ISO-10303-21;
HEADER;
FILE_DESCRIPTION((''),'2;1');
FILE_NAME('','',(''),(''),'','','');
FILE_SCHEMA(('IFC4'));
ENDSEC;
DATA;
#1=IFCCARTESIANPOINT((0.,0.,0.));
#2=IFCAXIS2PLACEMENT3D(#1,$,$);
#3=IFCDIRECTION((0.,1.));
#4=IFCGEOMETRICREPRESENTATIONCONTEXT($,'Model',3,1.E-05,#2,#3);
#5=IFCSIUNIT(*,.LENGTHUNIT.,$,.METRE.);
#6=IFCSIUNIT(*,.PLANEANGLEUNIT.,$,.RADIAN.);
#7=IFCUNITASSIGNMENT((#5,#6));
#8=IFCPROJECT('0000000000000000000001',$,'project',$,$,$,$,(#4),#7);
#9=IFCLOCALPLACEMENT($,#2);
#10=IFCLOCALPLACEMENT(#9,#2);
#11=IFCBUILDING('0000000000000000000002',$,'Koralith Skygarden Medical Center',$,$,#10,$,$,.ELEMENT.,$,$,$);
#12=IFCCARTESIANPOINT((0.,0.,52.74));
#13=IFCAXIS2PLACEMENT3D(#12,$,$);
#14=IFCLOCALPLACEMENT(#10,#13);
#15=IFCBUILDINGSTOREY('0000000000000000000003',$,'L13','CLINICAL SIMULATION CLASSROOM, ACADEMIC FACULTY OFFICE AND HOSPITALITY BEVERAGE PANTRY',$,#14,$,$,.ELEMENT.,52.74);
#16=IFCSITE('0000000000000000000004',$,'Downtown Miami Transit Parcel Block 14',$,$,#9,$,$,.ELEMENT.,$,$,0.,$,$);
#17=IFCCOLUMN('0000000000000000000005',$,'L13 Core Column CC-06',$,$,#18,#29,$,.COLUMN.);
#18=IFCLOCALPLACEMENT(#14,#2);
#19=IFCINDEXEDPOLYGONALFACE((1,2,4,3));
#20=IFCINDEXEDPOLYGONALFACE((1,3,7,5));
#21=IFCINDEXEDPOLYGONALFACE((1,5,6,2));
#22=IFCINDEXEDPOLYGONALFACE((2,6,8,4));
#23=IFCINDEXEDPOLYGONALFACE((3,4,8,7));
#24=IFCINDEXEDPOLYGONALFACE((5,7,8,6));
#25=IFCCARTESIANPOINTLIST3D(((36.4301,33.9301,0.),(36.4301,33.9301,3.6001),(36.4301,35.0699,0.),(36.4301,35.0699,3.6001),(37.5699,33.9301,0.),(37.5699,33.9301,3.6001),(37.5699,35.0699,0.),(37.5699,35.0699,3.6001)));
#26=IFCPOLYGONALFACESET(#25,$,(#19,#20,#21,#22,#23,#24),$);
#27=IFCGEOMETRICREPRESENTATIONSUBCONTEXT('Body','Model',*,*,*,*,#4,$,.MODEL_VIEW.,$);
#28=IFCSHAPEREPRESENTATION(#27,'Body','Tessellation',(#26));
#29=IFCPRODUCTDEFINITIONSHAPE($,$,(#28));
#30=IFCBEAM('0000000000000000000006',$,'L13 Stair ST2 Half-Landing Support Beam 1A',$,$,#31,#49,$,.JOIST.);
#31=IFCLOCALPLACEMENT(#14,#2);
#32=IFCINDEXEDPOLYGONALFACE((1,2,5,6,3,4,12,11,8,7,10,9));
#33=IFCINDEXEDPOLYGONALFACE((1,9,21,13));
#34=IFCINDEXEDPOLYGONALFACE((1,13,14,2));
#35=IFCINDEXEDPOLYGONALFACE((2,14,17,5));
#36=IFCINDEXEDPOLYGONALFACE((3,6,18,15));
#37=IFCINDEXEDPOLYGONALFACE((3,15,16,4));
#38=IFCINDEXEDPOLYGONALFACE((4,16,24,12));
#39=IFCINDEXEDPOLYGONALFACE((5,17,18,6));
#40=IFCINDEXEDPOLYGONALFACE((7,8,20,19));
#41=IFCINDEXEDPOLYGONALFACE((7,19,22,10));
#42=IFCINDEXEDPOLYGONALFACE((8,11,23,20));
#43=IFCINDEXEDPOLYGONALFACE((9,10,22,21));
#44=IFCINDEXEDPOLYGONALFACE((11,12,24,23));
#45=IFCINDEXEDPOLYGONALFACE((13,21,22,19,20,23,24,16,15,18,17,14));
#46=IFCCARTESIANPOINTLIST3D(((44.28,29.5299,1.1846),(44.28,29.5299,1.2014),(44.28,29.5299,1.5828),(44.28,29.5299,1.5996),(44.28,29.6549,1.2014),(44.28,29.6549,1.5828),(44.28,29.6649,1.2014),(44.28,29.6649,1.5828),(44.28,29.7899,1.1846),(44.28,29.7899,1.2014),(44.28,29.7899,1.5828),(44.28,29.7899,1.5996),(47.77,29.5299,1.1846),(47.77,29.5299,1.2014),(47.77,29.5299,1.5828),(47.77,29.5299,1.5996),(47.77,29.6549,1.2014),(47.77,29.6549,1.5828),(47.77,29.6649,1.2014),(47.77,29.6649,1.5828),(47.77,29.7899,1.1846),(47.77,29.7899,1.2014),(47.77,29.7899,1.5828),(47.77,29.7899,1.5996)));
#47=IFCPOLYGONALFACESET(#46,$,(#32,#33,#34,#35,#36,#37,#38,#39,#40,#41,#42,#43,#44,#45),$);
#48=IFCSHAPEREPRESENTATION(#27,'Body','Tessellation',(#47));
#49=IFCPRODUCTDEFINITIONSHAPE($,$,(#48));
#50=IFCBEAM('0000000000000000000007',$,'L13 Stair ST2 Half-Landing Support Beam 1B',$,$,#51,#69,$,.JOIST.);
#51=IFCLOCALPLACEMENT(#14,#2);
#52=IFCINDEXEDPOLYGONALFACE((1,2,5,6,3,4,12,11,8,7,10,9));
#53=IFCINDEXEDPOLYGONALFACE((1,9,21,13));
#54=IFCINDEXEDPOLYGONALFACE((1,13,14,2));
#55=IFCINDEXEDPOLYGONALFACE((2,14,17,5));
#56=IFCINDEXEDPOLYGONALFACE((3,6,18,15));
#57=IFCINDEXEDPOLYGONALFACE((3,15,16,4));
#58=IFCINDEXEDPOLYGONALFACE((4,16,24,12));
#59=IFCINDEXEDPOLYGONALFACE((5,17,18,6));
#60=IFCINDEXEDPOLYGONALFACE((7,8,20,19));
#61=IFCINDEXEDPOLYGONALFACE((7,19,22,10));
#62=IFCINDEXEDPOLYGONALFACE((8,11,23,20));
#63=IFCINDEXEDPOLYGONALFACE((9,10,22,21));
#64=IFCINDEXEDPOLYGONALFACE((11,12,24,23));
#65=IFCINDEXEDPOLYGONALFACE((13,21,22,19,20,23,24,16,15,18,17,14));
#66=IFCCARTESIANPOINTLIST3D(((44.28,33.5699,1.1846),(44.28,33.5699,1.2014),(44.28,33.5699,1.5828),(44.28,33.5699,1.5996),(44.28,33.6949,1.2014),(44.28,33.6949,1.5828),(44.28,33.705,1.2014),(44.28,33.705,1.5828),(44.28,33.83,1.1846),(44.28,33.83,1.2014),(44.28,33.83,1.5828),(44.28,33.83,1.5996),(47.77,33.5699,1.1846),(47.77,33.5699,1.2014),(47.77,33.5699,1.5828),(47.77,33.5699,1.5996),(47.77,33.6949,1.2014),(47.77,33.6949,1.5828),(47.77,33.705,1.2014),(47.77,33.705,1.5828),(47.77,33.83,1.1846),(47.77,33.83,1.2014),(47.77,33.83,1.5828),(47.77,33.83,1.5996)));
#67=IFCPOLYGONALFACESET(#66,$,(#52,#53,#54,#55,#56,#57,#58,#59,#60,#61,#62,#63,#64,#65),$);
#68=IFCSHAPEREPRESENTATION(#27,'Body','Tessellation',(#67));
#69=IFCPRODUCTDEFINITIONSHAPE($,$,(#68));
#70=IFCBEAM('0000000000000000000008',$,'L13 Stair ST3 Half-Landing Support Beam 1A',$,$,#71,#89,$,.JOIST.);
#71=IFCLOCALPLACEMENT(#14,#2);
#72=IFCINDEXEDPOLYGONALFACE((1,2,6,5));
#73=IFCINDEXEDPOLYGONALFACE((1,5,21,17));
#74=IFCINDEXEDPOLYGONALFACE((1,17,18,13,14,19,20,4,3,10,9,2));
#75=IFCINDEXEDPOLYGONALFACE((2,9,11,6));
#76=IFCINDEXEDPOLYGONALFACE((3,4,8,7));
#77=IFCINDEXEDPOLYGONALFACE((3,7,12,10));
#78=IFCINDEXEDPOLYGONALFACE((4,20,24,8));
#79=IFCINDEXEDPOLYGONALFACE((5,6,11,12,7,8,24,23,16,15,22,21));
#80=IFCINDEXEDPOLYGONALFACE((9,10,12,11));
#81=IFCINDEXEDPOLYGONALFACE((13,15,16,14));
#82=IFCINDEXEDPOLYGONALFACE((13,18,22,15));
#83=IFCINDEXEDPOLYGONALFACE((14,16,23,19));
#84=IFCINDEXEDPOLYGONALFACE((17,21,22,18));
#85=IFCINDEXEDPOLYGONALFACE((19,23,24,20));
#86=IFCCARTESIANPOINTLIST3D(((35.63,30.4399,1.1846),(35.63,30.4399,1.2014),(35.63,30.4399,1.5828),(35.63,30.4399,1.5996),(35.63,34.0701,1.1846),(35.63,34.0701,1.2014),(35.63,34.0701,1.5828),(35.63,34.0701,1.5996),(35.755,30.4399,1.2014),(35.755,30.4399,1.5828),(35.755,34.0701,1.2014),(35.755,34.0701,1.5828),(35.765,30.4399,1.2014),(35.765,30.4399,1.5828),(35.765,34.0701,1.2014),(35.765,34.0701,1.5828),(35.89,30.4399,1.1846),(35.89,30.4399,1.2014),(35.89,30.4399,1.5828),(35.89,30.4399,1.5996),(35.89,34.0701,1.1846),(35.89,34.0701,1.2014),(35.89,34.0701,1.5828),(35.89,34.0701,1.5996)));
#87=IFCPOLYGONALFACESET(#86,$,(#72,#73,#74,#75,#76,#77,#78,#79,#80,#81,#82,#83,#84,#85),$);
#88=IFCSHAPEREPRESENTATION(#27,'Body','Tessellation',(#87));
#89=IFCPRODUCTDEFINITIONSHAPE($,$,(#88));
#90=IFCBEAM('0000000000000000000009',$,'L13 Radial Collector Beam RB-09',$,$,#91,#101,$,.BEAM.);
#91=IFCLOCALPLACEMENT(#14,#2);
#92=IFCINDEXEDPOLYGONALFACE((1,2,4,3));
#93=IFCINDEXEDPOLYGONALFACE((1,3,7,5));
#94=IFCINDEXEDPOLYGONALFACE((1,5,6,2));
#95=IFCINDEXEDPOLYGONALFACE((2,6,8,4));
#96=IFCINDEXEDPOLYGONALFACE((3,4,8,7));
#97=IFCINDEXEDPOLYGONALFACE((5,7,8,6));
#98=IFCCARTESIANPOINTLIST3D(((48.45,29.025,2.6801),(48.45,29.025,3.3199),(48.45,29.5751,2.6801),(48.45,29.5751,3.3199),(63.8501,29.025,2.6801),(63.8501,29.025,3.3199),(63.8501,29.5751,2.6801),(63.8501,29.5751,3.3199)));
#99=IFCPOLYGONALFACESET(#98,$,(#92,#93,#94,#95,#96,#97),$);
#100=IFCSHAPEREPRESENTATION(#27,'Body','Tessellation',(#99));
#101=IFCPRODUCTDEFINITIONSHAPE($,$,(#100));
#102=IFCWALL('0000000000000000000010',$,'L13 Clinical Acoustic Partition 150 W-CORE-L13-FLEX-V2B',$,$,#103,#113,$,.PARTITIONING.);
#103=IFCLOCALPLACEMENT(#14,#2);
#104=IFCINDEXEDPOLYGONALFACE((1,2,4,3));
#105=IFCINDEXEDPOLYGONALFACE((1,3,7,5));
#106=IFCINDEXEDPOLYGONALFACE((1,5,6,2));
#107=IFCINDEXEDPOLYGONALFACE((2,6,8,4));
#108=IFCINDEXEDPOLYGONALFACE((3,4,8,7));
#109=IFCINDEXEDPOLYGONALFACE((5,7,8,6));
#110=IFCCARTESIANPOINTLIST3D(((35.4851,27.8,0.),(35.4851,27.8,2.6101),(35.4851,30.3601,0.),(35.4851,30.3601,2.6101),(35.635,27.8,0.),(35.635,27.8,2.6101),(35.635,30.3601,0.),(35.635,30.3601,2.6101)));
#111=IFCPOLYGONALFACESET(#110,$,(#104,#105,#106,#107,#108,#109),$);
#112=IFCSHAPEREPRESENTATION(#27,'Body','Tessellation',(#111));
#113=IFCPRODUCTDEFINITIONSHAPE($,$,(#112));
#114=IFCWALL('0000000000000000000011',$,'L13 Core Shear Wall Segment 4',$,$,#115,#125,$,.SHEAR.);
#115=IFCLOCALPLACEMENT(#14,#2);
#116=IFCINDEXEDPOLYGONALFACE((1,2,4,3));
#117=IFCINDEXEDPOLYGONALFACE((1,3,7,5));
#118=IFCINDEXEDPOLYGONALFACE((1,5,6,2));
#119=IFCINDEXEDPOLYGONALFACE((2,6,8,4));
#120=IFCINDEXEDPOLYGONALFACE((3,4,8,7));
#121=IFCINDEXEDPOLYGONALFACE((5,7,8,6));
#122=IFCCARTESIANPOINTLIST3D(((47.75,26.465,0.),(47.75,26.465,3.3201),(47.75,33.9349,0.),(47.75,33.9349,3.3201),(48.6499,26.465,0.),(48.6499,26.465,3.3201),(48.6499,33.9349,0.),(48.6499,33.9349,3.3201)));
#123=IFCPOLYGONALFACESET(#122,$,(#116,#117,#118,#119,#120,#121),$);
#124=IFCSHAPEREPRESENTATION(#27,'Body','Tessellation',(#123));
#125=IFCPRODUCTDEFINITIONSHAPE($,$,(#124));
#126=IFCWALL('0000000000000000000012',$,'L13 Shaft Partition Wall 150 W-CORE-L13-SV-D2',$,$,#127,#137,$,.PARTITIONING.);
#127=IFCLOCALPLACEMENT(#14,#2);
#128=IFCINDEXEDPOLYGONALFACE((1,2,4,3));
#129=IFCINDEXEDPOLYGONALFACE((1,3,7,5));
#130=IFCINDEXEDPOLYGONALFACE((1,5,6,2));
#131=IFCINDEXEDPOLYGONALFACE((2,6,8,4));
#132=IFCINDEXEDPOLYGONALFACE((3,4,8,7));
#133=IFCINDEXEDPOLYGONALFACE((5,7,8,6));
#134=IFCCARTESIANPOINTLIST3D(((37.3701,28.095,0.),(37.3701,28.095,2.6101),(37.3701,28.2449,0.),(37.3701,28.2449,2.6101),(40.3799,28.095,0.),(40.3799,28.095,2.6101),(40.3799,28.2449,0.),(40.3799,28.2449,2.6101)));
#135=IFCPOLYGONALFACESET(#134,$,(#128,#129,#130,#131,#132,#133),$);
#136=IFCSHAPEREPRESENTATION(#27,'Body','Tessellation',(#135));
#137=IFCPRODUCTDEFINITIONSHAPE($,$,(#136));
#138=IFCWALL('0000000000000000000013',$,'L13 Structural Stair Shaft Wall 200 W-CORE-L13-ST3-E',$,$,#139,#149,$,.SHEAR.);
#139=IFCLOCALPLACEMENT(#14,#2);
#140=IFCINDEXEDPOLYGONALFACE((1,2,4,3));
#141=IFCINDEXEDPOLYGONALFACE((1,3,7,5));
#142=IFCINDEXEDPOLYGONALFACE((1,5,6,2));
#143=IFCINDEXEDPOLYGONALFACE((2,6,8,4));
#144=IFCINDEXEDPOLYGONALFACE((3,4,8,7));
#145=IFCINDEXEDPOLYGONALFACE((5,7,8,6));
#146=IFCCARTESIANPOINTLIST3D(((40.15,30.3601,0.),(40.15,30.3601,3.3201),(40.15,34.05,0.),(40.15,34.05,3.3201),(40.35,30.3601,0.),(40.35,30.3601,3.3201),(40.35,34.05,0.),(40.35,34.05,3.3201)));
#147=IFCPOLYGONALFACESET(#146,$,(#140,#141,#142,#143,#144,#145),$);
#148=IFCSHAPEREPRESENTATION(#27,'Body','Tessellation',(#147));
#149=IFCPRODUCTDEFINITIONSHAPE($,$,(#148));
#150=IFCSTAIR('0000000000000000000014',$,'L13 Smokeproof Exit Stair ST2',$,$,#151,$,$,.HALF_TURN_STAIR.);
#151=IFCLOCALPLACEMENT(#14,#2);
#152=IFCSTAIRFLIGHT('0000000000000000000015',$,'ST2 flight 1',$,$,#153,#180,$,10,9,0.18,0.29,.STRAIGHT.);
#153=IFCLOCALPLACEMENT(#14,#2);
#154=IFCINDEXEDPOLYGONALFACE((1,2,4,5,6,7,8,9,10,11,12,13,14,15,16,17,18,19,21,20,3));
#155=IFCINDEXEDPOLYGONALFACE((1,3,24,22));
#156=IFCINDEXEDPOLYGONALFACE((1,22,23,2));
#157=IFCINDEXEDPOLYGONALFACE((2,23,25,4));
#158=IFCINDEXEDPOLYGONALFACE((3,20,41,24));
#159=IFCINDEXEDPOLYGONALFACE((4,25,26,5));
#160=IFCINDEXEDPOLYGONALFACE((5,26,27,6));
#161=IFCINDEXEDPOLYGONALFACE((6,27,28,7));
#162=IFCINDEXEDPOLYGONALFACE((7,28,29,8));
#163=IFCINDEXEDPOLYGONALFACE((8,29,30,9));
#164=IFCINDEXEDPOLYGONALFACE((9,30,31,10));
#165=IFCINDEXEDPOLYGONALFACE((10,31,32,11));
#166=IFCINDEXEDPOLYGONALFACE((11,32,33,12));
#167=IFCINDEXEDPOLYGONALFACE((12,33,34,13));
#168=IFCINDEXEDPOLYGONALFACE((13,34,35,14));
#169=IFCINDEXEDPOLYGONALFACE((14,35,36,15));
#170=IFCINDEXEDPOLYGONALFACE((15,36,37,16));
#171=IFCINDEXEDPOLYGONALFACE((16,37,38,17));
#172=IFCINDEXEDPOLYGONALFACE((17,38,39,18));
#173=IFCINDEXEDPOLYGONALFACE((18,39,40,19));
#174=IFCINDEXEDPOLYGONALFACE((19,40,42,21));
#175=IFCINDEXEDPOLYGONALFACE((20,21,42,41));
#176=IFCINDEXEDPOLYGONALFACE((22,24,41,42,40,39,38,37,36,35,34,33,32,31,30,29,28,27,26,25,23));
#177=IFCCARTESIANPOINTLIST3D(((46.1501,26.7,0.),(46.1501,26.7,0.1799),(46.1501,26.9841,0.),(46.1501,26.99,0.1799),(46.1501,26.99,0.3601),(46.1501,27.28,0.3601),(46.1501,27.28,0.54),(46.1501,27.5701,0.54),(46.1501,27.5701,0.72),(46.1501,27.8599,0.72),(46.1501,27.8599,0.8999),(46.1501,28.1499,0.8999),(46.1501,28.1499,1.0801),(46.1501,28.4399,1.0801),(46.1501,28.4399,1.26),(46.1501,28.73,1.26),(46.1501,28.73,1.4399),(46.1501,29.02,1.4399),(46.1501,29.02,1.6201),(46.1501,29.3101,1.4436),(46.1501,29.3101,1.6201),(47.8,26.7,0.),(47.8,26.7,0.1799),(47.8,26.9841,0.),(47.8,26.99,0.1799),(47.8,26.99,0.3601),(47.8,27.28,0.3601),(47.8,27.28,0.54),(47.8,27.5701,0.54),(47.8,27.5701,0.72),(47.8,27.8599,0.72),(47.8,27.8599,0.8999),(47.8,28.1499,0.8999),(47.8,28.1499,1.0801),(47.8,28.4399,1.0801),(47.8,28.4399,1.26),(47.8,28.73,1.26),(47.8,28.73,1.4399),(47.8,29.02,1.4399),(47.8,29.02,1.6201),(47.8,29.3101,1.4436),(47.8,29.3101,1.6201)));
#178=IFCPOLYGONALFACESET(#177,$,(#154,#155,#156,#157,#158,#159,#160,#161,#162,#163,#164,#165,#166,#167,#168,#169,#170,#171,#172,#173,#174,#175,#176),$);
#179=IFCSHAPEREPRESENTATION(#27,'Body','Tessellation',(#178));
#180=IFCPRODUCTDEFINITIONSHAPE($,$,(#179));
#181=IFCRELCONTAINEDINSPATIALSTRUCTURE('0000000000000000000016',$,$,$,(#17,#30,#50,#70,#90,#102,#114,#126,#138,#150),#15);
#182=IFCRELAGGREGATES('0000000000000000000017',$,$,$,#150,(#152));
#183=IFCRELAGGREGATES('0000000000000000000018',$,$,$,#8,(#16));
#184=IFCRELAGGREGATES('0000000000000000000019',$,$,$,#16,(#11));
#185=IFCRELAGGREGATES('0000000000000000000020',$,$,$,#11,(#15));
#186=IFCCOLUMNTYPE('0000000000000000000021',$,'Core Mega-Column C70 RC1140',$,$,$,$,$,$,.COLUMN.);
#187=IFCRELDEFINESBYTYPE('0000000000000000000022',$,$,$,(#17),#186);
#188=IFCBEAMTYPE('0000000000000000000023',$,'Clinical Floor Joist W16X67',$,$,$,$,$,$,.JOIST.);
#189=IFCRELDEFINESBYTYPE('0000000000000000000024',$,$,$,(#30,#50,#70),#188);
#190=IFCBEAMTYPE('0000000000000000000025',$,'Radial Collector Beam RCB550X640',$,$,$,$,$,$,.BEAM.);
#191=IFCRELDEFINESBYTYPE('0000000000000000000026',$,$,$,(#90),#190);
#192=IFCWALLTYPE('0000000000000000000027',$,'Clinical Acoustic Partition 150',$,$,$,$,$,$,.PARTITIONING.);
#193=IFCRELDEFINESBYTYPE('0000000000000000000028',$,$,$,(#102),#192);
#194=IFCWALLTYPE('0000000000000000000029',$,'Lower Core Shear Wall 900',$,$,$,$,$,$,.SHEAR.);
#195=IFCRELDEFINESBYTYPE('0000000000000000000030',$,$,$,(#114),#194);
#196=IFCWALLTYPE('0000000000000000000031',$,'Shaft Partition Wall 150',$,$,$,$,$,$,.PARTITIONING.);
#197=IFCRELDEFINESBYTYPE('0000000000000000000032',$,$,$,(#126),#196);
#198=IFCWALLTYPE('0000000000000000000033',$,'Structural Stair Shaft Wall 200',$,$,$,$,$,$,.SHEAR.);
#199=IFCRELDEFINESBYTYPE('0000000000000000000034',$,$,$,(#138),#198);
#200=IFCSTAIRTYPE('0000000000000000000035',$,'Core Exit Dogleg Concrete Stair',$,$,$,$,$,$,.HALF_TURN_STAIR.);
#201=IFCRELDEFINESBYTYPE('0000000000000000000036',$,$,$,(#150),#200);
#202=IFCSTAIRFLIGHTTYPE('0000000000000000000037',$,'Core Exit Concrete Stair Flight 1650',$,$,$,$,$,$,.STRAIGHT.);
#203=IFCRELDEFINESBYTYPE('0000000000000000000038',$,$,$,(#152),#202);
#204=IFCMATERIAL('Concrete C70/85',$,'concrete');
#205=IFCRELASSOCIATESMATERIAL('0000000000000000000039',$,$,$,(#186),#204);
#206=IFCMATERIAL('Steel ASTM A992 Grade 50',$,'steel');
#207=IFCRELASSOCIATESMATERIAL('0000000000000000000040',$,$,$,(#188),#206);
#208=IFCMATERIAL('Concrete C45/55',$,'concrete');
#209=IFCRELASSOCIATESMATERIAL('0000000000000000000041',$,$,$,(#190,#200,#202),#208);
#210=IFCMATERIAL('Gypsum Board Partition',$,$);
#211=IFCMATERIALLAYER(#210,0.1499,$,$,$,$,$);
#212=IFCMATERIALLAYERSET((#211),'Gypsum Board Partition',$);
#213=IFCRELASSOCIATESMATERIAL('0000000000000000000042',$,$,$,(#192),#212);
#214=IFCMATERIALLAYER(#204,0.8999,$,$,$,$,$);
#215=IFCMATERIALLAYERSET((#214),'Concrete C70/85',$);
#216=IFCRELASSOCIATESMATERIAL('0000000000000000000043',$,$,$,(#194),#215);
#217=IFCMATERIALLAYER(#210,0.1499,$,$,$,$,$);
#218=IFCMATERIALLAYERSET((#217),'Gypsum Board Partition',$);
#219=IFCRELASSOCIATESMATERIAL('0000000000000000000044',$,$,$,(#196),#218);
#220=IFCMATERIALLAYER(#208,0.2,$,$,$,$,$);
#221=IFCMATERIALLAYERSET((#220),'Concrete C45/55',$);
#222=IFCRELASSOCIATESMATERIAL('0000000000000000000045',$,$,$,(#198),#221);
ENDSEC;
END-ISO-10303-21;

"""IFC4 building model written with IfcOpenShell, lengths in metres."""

from ifc_helpers import new_model, si_unit, direction, frame, frame_2d, origin, origin_2d, place, context, subcontext, project, spatial, polyline, rectangle, i_section, outline, extrude, material, layer, layer_set, material_profile, profile_set, type_object, element, aggregate, save


model = new_model("IFC4")

# Units and contexts
model_context = context("Model", 3, precision=1e-05, world=origin(), true_north=direction((0.0, 1.0)))
body_context = subcontext(model_context, "Body", "Model", "MODEL_VIEW")
ifc_project = project(units=[si_unit("LENGTHUNIT", "METRE"), si_unit("PLANEANGLEUNIT", "RADIAN")], contexts=[model_context])

# Site, building, storey
site_placement = place(None, origin())
site = spatial("IfcSite", under=ifc_project, at=site_placement, Name="Downtown Miami Transit Parcel Block 14", CompositionType="ELEMENT", RefElevation=0.0)
building_placement = place(site_placement, origin())
building = spatial("IfcBuilding", under=site, at=building_placement, Name="Koralith Skygarden Medical Center", CompositionType="ELEMENT")
storey_placement = place(building_placement, frame((0.0, 0.0, 52.74)))
storey = spatial("IfcBuildingStorey", under=building, at=storey_placement, Name="L13", Description="CLINICAL SIMULATION CLASSROOM, ACADEMIC FACULTY OFFICE AND HOSPITALITY BEVERAGE PANTRY", CompositionType="ELEMENT", Elevation=52.74)

# Column
ifc_material_1 = material(Name="Concrete C70/85", Category="concrete")
ifc_material_profile_1 = material_profile(ifc_material_1, rectangle(XDim=1.1399, YDim=1.1399, at=origin_2d()), Name="RC1140X1140")
ifc_profile_set_1 = profile_set([ifc_material_profile_1], Name="Concrete C70/85")
column_type = type_object("IfcColumnType", Name="Core Mega-Column C70 RC1140", PredefinedType="COLUMN", material=ifc_profile_set_1)
column_placement = place(storey_placement, frame((37.0, 34.5, 0.0), z_axis=(0.0, 0.0, 1.0), x_axis=(1.0, 0.0, 0.0)))
element("IfcColumn", 1, at=column_placement, inside=storey, type_object=column_type, Name="L13 Core Column CC-06", PredefinedType="COLUMN", context=body_context, shape_type="SweptSolid", body=[
    extrude(rectangle(XDim=1.1399, YDim=1.1399, at=origin_2d()), origin(), (0.0, 0.0, 1.0), 3.6001),
])

# Beams
ifc_material_2 = material(Name="Steel ASTM A992 Grade 50", Category="steel")
ifc_material_profile_2 = material_profile(ifc_material_2, i_section(OverallWidth=0.26, OverallDepth=0.415, WebThickness=0.01, FlangeThickness=0.0168, at=origin_2d()), Name="W16X67")
ifc_profile_set_2 = profile_set([ifc_material_profile_2], Name="Steel ASTM A992 Grade 50")
beam_type_1 = type_object("IfcBeamType", Name="Clinical Floor Joist W16X67", PredefinedType="JOIST", material=ifc_profile_set_2)
for number, where, z_axis, x_axis, name in (
    (2, (44.28, 29.6599, 1.3921), (1.0, 0.0, 0.0), (0.0, 1.0, 0.0), "L13 Stair ST2 Half-Landing Support Beam 1A"),
    (3, (44.28, 33.7, 1.3921), (1.0, 0.0, 0.0), (0.0, 1.0, 0.0), "L13 Stair ST2 Half-Landing Support Beam 1B"),
):
    element("IfcBeam", number, at=place(storey_placement, frame(where, z_axis=z_axis, x_axis=x_axis)), inside=storey, type_object=beam_type_1, Name=name, PredefinedType="JOIST", context=body_context, shape_type="SweptSolid", body=[
        extrude(i_section(OverallWidth=0.26, OverallDepth=0.415, WebThickness=0.01, FlangeThickness=0.0168, at=origin_2d()), origin(), (0.0, 0.0, 1.0), 3.49),
    ])
beam_1_placement = place(storey_placement, frame((35.76, 30.4399, 1.3921), z_axis=(0.0, 1.0, 0.0), x_axis=(-1.0, 0.0, 0.0)))
element("IfcBeam", 4, at=beam_1_placement, inside=storey, type_object=beam_type_1, Name="L13 Stair ST3 Half-Landing Support Beam 1A", PredefinedType="JOIST", context=body_context, shape_type="SweptSolid", body=[
    extrude(i_section(OverallWidth=0.26, OverallDepth=0.415, WebThickness=0.01, FlangeThickness=0.0168, at=origin_2d()), origin(), (0.0, 0.0, 1.0), 3.6301),
])
ifc_material_3 = material(Name="Concrete C45/55", Category="concrete")
ifc_material_profile_3 = material_profile(ifc_material_3, rectangle(XDim=0.55, YDim=0.6399, at=origin_2d()), Name="RCB550X640")
ifc_profile_set_3 = profile_set([ifc_material_profile_3], Name="Concrete C45/55")
beam_type_2 = type_object("IfcBeamType", Name="Radial Collector Beam RCB550X640", PredefinedType="BEAM", material=ifc_profile_set_3)
beam_2_placement = place(storey_placement, frame((48.45, 29.3, 3.0), z_axis=(1.0, 0.0, 0.0), x_axis=(0.0, 1.0, 0.0)))
element("IfcBeam", 5, at=beam_2_placement, inside=storey, type_object=beam_type_2, Name="L13 Radial Collector Beam RB-09", PredefinedType="BEAM", context=body_context, shape_type="SweptSolid", body=[
    extrude(rectangle(XDim=0.55, YDim=0.6399, at=origin_2d()), origin(), (0.0, 0.0, 1.0), 15.4001),
])

# Walls
ifc_material_4 = material(Name="Gypsum Board Partition")
ifc_layer_1 = layer(ifc_material_4, 0.1499)
ifc_layer_set_1 = layer_set([ifc_layer_1], Name="Gypsum Board Partition")
wall_type_1 = type_object("IfcWallType", Name="Clinical Acoustic Partition 150", PredefinedType="PARTITIONING", material=ifc_layer_set_1)
wall_1_placement = place(storey_placement, frame((35.5601, 27.8, 0.0), z_axis=(0.0, 0.0, 1.0), x_axis=(0.0, 1.0, 0.0)))
element("IfcWall", 6, at=wall_1_placement, inside=storey, type_object=wall_type_1, Name="L13 Clinical Acoustic Partition 150 W-CORE-L13-FLEX-V2B", PredefinedType="PARTITIONING", context=body_context, shape_type="SweptSolid", body=[
    extrude(rectangle(XDim=2.5601, YDim=0.1499, at=frame_2d((1.28, 0.0))), origin(), (0.0, 0.0, 1.0), 2.6101),
])
ifc_layer_2 = layer(ifc_material_1, 0.8999)
ifc_layer_set_2 = layer_set([ifc_layer_2], Name="Concrete C70/85")
wall_type_2 = type_object("IfcWallType", Name="Lower Core Shear Wall 900", PredefinedType="SHEAR", material=ifc_layer_set_2)
wall_2_placement = place(storey_placement, frame((48.2, 26.4651, 0.0), z_axis=(0.0, 0.0, 1.0), x_axis=(0.0, 1.0, 0.0)))
element("IfcWall", 7, at=wall_2_placement, inside=storey, type_object=wall_type_2, Name="L13 Core Shear Wall Segment 4", PredefinedType="SHEAR", context=body_context, shape_type="SweptSolid", body=[
    extrude(rectangle(XDim=7.47, YDim=0.8999, at=frame_2d((3.7349, 0.0))), origin(), (0.0, 0.0, 1.0), 3.3201),
])

# Walls
ifc_layer_3 = layer(ifc_material_4, 0.1499)
ifc_layer_set_3 = layer_set([ifc_layer_3], Name="Gypsum Board Partition")
wall_type_3 = type_object("IfcWallType", Name="Shaft Partition Wall 150", PredefinedType="PARTITIONING", material=ifc_layer_set_3)
wall_3_placement = place(storey_placement, frame((37.3701, 28.1699, 0.0), z_axis=(0.0, 0.0, 1.0), x_axis=(1.0, 0.0, 0.0)))
element("IfcWall", 8, at=wall_3_placement, inside=storey, type_object=wall_type_3, Name="L13 Shaft Partition Wall 150 W-CORE-L13-SV-D2", PredefinedType="PARTITIONING", context=body_context, shape_type="SweptSolid", body=[
    extrude(rectangle(XDim=3.0098, YDim=0.1499, at=frame_2d((1.5049, 0.0))), origin(), (0.0, 0.0, 1.0), 2.6101),
])
ifc_layer_4 = layer(ifc_material_3, 0.2)
ifc_layer_set_4 = layer_set([ifc_layer_4], Name="Concrete C45/55")
wall_type_4 = type_object("IfcWallType", Name="Structural Stair Shaft Wall 200", PredefinedType="SHEAR", material=ifc_layer_set_4)
wall_4_placement = place(storey_placement, frame((40.25, 30.3601, 0.0), z_axis=(0.0, 0.0, 1.0), x_axis=(0.0, 1.0, 0.0)))
element("IfcWall", 9, at=wall_4_placement, inside=storey, type_object=wall_type_4, Name="L13 Structural Stair Shaft Wall 200 W-CORE-L13-ST3-E", PredefinedType="SHEAR", context=body_context, shape_type="SweptSolid", body=[
    extrude(rectangle(XDim=3.6899, YDim=0.2, at=frame_2d((1.845, 0.0))), origin(), (0.0, 0.0, 1.0), 3.3201),
])

# Stair, stair flight
stair_type = type_object("IfcStairType", Name="Core Exit Dogleg Concrete Stair", PredefinedType="HALF_TURN_STAIR", material=ifc_material_3)
stair_placement = place(storey_placement, origin())
stair = element("IfcStair", 10, at=stair_placement, inside=storey, type_object=stair_type, Name="L13 Smokeproof Exit Stair ST2", PredefinedType="HALF_TURN_STAIR")
stair_flight_type = type_object("IfcStairFlightType", Name="Core Exit Concrete Stair Flight 1650", PredefinedType="STRAIGHT", material=ifc_material_3)
stair_flight_1_placement = place(storey_placement, frame((46.9751, 26.7, 0.0), z_axis=(0.0, 0.0, 1.0), x_axis=(0.0, 1.0, 0.0)))
stair_flight_1 = element("IfcStairFlight", 11, at=stair_flight_1_placement, type_object=stair_flight_type, Name="ST2 flight 1", NumberOfRisers=10, NumberOfTreads=9, PredefinedType="STRAIGHT", RiserHeight=0.18, TreadLength=0.29, context=body_context, shape_type="SweptSolid", body=[
    extrude(outline(polyline([(0.0, 0.0), (0.0, 0.1799), (0.29, 0.1799), (0.29, 0.3601), (0.5801, 0.3601), (0.5801, 0.54), (0.8701, 0.54), (0.8701, 0.72), (1.1599, 0.72), (1.1599, 0.8999), (1.45, 0.8999), (1.45, 1.0801), (1.74, 1.0801), (1.74, 1.26), (2.03, 1.26), (2.03, 1.4399), (2.3201, 1.4399), (2.3201, 1.6201), (2.6101, 1.6201), (2.6101, 1.8), (2.6101, 1.4436), (0.2842, 0.0), (0.0, 0.0)])), frame((0.0, 0.825, 0.0), z_axis=(0.0, -1.0, 0.0), x_axis=(1.0, 0.0, 0.0)), (0.0, 0.0, 1.0), 1.6499),
])
aggregate(stair, [stair_flight_1])

save(model, "model.ifc")
